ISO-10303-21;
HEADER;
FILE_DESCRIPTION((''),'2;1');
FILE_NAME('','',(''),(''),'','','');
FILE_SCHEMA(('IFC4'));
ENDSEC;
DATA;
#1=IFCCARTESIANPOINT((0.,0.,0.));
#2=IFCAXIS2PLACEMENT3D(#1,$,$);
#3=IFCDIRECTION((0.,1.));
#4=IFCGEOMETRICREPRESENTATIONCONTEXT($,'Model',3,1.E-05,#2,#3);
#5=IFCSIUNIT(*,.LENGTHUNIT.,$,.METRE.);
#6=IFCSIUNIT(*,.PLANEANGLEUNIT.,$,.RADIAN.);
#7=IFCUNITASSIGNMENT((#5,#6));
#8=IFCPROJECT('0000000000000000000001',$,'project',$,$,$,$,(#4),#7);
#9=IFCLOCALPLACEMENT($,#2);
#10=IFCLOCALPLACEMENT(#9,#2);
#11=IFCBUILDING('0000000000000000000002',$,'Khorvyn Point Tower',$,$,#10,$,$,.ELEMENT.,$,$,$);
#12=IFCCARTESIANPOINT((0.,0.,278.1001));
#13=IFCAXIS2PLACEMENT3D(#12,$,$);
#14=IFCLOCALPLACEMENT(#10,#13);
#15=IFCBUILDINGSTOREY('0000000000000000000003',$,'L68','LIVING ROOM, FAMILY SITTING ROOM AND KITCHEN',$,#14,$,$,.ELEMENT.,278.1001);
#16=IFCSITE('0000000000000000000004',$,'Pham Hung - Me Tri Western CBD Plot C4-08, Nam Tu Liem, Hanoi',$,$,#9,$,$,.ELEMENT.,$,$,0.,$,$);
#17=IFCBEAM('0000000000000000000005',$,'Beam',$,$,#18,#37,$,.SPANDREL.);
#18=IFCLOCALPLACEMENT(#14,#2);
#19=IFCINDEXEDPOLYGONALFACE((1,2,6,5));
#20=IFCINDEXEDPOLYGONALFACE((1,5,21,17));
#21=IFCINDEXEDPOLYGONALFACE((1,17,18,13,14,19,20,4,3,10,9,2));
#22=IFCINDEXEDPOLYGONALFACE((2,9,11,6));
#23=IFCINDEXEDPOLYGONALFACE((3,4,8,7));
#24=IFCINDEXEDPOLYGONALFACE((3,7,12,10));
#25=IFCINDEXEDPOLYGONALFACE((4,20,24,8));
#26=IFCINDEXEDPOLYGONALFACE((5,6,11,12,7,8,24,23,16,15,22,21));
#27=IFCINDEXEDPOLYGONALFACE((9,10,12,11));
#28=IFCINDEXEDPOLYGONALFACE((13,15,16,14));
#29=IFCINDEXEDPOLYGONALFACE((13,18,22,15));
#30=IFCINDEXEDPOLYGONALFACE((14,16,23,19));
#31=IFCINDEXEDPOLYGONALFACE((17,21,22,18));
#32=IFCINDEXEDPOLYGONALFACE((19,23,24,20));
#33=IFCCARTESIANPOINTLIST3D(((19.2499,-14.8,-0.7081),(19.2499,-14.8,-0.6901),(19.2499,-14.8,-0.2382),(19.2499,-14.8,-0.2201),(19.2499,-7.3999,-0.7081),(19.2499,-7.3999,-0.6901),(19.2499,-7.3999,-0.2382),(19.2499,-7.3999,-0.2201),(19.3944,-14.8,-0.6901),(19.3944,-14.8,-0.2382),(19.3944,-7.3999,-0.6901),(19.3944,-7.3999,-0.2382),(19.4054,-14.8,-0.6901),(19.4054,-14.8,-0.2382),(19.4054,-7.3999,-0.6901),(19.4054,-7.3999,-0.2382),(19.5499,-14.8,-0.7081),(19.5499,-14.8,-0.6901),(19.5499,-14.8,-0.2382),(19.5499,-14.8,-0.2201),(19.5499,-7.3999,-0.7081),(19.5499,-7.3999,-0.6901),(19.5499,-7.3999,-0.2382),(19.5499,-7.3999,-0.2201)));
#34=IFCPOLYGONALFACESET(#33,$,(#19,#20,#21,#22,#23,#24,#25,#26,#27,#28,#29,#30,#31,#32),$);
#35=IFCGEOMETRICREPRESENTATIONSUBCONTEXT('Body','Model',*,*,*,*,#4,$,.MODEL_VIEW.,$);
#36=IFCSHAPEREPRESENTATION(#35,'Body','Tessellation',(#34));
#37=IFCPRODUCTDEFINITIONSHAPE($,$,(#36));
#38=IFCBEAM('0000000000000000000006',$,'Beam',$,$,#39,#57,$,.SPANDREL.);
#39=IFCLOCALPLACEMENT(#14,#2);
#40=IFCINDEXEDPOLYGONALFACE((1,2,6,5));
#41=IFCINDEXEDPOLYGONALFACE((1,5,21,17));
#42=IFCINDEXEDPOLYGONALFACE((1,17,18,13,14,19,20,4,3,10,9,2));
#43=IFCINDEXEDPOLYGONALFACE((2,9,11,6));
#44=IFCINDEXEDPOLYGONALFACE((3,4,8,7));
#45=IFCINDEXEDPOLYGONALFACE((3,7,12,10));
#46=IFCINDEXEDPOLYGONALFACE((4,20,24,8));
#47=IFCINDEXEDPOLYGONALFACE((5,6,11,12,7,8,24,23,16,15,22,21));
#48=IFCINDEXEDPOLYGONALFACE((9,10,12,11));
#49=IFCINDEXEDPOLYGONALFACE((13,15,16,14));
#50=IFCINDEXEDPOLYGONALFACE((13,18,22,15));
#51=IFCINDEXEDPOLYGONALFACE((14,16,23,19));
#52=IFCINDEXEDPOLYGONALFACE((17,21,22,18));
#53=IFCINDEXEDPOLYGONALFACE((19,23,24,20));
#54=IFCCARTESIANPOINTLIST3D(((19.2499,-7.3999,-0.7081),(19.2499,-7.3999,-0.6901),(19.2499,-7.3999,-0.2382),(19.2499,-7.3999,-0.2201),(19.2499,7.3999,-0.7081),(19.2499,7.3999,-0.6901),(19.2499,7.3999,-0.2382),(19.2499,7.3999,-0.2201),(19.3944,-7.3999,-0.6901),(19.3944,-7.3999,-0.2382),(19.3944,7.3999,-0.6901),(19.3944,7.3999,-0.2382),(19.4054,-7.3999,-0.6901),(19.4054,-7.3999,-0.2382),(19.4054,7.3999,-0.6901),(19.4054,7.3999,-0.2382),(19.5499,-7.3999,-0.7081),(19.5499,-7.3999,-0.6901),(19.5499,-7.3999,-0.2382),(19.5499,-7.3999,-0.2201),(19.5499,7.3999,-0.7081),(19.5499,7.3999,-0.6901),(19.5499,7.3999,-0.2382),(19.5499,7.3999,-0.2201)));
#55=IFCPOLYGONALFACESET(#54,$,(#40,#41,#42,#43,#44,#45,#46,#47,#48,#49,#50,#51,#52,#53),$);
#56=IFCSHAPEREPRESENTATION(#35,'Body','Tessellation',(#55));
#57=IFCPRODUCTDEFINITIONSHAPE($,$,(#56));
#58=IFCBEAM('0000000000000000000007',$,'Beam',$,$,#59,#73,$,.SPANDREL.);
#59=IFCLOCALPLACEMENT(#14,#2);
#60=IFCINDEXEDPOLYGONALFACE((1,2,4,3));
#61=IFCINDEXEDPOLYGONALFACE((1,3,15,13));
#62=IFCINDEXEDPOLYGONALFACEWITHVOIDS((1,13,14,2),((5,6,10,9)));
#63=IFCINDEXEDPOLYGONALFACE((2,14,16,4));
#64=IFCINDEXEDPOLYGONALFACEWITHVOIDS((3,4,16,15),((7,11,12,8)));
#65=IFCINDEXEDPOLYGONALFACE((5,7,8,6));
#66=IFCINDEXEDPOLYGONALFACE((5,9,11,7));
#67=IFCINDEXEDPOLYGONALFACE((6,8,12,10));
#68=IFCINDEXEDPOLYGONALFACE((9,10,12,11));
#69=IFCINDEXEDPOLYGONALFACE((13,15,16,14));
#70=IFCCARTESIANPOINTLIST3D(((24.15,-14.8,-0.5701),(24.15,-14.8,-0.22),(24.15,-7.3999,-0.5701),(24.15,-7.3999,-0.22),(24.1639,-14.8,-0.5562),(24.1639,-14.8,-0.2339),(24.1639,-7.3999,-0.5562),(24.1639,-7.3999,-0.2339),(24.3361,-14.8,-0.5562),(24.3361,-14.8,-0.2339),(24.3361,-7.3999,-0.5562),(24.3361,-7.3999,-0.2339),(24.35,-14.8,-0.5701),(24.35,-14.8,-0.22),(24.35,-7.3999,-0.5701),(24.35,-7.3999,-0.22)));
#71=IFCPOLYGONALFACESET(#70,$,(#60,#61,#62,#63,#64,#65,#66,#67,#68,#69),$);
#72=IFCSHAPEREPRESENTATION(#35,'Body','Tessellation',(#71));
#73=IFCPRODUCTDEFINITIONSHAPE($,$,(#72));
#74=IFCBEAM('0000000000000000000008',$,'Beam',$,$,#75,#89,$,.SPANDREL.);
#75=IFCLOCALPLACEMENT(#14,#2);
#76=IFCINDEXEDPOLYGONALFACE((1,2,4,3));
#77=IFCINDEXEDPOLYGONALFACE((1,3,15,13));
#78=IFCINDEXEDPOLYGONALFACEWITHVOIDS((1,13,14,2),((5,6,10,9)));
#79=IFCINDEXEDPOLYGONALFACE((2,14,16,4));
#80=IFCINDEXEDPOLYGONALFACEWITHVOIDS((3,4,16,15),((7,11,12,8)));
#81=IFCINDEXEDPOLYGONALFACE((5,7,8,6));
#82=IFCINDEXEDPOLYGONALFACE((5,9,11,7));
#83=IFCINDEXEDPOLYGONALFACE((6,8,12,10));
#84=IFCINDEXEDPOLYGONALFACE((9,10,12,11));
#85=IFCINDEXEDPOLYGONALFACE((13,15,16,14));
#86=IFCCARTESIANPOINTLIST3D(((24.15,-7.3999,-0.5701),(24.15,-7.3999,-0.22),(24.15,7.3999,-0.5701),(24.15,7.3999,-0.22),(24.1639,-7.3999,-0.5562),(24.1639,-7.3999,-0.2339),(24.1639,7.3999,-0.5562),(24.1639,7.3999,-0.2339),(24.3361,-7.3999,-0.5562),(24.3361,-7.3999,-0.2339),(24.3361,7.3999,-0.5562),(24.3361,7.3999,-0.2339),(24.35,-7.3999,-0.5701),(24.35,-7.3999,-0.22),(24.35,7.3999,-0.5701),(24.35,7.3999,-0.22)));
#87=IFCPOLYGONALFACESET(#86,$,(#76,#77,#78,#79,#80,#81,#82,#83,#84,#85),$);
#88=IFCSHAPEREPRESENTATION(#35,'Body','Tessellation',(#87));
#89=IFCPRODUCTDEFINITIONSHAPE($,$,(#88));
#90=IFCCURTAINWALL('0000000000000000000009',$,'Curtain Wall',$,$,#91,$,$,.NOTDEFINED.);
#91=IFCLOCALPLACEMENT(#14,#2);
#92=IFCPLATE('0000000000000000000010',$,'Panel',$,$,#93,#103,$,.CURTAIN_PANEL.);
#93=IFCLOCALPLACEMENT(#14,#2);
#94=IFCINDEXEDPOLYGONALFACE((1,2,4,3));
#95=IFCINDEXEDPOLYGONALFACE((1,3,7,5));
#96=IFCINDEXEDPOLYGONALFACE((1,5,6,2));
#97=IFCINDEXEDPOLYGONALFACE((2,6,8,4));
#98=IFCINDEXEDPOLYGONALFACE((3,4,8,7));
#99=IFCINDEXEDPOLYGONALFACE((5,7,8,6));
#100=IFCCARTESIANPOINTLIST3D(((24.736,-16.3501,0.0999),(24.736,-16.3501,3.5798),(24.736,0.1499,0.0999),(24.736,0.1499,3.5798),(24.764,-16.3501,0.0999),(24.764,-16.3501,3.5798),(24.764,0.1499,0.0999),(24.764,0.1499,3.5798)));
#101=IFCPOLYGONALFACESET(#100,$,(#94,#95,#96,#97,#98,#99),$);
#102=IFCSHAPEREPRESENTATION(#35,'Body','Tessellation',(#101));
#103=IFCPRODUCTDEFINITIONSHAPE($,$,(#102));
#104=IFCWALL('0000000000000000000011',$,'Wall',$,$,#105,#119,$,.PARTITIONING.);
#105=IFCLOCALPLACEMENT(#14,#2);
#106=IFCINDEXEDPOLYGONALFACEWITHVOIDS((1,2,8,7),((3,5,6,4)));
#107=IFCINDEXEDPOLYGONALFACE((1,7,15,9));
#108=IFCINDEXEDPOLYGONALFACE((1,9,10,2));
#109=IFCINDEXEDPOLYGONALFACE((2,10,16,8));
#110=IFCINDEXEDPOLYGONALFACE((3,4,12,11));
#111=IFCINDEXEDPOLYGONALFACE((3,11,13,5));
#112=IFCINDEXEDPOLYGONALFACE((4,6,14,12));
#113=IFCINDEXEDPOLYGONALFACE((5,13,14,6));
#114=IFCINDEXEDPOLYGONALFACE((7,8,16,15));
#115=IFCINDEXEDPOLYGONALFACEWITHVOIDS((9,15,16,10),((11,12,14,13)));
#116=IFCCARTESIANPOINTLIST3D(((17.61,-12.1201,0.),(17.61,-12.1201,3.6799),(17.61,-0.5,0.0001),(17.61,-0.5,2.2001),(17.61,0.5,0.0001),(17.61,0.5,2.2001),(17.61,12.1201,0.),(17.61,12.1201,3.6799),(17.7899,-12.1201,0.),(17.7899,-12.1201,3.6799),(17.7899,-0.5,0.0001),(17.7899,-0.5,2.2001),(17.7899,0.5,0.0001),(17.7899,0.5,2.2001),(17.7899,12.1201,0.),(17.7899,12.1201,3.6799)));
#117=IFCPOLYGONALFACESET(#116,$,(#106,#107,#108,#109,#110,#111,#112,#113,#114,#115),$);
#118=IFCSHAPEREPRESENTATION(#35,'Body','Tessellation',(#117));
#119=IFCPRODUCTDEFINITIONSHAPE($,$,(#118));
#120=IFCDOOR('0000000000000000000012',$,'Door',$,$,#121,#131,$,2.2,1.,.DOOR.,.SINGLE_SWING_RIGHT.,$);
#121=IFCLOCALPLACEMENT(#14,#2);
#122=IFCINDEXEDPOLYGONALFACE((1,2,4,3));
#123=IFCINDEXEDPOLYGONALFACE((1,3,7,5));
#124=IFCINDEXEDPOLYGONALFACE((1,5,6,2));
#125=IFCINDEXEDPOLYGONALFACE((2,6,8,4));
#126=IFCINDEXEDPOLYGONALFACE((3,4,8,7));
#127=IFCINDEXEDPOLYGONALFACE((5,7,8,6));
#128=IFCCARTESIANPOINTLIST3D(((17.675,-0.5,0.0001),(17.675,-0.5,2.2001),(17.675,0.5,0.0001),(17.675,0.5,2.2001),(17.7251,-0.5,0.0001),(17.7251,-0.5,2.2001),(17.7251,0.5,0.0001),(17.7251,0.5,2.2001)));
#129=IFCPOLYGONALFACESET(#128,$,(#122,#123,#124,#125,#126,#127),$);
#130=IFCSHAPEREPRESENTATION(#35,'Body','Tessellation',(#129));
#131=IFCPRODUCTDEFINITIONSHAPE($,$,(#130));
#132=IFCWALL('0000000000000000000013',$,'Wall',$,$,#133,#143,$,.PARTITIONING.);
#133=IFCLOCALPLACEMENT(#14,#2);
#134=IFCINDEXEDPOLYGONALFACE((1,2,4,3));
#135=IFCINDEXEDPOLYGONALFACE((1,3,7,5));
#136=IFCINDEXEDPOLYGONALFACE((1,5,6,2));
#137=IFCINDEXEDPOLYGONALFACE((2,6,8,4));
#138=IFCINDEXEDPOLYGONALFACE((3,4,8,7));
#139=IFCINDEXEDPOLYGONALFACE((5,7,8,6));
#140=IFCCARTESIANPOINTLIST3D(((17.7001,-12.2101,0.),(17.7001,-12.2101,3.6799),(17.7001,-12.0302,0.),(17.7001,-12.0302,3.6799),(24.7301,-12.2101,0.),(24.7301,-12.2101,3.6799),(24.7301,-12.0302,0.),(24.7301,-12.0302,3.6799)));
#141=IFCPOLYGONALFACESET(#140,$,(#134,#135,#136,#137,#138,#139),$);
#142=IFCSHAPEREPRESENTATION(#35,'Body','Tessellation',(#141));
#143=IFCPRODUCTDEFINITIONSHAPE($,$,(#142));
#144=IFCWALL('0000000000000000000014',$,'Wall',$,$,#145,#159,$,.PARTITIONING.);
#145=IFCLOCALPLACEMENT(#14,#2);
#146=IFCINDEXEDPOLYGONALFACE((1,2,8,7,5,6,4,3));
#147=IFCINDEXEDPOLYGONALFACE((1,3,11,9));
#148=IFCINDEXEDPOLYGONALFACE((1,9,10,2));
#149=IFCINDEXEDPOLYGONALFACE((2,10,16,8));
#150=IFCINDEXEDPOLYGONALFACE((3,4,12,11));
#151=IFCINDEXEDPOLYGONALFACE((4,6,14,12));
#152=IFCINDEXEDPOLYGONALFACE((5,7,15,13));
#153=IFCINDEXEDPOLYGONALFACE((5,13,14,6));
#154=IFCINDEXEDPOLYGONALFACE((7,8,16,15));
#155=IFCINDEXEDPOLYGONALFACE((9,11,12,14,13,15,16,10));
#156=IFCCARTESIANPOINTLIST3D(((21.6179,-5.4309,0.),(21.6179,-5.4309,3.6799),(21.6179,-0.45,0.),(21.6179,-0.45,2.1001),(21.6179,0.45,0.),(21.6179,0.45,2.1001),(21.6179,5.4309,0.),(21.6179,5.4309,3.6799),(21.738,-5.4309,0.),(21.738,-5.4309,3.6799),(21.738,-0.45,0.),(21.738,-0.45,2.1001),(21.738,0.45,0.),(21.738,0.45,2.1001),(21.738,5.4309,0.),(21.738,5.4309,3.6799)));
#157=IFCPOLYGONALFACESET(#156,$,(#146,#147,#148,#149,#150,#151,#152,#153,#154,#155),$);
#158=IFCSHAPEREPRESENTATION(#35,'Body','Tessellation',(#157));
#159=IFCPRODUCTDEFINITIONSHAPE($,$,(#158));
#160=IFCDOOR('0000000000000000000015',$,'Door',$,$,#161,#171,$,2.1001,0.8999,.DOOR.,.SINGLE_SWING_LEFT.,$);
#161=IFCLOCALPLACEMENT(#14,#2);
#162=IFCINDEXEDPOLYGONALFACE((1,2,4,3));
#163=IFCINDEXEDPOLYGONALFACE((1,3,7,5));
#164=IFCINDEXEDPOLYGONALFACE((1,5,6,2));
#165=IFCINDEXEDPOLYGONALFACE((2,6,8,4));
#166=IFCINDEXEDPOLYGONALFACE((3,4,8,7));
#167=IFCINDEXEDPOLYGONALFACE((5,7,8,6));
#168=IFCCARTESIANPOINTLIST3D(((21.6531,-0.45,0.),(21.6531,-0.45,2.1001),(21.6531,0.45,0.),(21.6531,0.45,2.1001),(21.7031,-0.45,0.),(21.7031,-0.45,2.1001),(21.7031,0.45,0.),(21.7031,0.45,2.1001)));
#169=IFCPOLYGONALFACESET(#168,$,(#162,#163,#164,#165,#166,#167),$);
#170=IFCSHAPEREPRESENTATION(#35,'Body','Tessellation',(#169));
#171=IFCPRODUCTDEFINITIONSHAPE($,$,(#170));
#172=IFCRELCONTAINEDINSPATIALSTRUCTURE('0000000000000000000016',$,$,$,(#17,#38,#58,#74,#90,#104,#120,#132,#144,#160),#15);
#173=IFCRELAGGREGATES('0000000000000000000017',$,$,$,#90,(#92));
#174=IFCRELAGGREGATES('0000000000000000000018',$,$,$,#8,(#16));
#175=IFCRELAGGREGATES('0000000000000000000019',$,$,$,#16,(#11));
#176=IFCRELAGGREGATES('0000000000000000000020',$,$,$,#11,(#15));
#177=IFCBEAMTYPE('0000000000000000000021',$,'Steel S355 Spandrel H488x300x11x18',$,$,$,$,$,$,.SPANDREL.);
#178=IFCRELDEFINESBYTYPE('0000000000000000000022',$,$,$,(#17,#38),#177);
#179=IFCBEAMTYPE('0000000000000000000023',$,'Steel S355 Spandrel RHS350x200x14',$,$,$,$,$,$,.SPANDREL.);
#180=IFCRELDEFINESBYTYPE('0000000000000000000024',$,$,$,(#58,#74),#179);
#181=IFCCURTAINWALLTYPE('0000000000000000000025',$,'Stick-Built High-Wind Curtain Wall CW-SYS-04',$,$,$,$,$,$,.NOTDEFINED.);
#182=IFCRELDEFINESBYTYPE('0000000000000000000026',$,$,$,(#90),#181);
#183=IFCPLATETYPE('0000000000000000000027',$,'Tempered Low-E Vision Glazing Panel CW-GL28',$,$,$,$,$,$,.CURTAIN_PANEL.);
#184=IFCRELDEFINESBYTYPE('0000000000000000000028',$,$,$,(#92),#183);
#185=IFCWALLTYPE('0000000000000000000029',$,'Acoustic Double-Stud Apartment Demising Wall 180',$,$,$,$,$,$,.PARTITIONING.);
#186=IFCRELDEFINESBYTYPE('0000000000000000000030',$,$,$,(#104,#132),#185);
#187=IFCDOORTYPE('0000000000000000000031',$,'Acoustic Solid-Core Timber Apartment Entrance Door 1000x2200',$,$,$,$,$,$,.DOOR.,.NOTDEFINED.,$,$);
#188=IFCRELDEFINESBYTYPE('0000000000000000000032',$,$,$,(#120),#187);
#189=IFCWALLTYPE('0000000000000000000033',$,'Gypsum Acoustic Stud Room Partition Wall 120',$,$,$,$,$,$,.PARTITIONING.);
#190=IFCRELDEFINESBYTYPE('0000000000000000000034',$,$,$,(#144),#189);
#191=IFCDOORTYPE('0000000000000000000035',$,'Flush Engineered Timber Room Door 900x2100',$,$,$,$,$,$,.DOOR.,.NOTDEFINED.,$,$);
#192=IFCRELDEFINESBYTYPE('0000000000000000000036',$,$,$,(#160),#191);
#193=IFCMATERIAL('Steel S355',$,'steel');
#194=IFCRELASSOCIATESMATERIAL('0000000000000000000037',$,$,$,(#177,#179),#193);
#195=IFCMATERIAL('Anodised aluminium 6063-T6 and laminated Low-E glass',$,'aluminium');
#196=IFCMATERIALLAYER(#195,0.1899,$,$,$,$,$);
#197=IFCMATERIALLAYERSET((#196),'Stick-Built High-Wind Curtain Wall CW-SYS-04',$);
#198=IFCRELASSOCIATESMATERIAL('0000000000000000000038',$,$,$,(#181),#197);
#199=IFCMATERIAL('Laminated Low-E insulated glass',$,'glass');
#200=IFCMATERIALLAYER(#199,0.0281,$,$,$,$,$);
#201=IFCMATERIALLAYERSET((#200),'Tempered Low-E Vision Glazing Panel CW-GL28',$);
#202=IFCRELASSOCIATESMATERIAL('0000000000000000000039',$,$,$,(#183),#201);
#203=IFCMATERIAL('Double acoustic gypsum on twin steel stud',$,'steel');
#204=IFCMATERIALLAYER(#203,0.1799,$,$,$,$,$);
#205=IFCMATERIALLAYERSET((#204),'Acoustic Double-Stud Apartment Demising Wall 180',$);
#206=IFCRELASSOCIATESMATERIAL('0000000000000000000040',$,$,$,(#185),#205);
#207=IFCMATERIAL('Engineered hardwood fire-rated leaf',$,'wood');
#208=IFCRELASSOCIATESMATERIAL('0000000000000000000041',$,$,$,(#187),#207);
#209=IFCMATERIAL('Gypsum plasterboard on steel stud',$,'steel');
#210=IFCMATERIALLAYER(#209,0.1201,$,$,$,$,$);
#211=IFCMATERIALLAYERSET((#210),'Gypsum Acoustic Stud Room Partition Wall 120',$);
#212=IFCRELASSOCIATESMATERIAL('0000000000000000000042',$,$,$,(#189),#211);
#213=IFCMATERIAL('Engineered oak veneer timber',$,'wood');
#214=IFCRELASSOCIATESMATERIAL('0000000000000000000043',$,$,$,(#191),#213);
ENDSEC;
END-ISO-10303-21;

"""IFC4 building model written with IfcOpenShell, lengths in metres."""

from ifc_helpers import new_model, si_unit, direction, frame, frame_2d, origin, origin_2d, place, context, subcontext, project, spatial, rectangle, hollow_rectangle, i_section, extrude, material, layer, layer_set, material_profile, profile_set, type_object, element, fill, aggregate, save


model = new_model("IFC4")

# Units and contexts
model_context = context("Model", 3, precision=1e-05, world=origin(), true_north=direction((0.0, 1.0)))
body_context = subcontext(model_context, "Body", "Model", "MODEL_VIEW")
ifc_project = project(units=[si_unit("LENGTHUNIT", "METRE"), si_unit("PLANEANGLEUNIT", "RADIAN")], contexts=[model_context])

# Site, building, storey
site_placement = place(None, origin())
site = spatial("IfcSite", under=ifc_project, at=site_placement, Name="Pham Hung - Me Tri Western CBD Plot C4-08, Nam Tu Liem, Hanoi", CompositionType="ELEMENT", RefElevation=0.0)
building_placement = place(site_placement, origin())
building = spatial("IfcBuilding", under=site, at=building_placement, Name="Khorvyn Point Tower", CompositionType="ELEMENT")
storey_placement = place(building_placement, frame((0.0, 0.0, 278.1001)))
storey = spatial("IfcBuildingStorey", under=building, at=storey_placement, Name="L68", Description="LIVING ROOM, FAMILY SITTING ROOM AND KITCHEN", CompositionType="ELEMENT", Elevation=278.1001)

# Shared definitions
ifc_material_1 = material(Name="Steel S355", Category="steel")

# Beams
ifc_material_profile_1 = material_profile(ifc_material_1, i_section(OverallWidth=0.3, OverallDepth=0.488, WebThickness=0.011, FlangeThickness=0.0181, at=origin_2d()))
ifc_profile_set_1 = profile_set([ifc_material_profile_1], Name="Steel S355 H488x300x11x18")
beam_type_1 = type_object("IfcBeamType", Name="Steel S355 Spandrel H488x300x11x18", PredefinedType="SPANDREL", material=ifc_profile_set_1)
beam_1_placement = place(storey_placement, frame((19.3999, -14.8, -0.4641), z_axis=(0.0, 1.0, 0.0), x_axis=(-1.0, 0.0, 0.0)))
element("IfcBeam", 1, at=beam_1_placement, inside=storey, type_object=beam_type_1, Name="Beam", PredefinedType="SPANDREL", context=body_context, shape_type="SweptSolid", body=[
    extrude(i_section(OverallWidth=0.3, OverallDepth=0.488, WebThickness=0.011, FlangeThickness=0.0181, at=origin_2d()), origin(), (0.0, 0.0, 1.0), 7.4001),
])
beam_2_placement = place(storey_placement, frame((19.3999, -7.3999, -0.4641), z_axis=(0.0, 1.0, 0.0), x_axis=(-1.0, 0.0, 0.0)))
element("IfcBeam", 2, at=beam_2_placement, inside=storey, type_object=beam_type_1, Name="Beam", PredefinedType="SPANDREL", context=body_context, shape_type="SweptSolid", body=[
    extrude(i_section(OverallWidth=0.3, OverallDepth=0.488, WebThickness=0.011, FlangeThickness=0.0181, at=origin_2d()), origin(), (0.0, 0.0, 1.0), 14.7998),
])
ifc_material_profile_2 = material_profile(ifc_material_1, hollow_rectangle(XDim=0.2, YDim=0.3501, WallThickness=0.0139, at=origin_2d()))
ifc_profile_set_2 = profile_set([ifc_material_profile_2], Name="Steel S355 RHS350x200x14")
beam_type_2 = type_object("IfcBeamType", Name="Steel S355 Spandrel RHS350x200x14", PredefinedType="SPANDREL", material=ifc_profile_set_2)
beam_3_placement = place(storey_placement, frame((24.25, -14.8, -0.395), z_axis=(0.0, 1.0, 0.0), x_axis=(-1.0, 0.0, 0.0)))
element("IfcBeam", 3, at=beam_3_placement, inside=storey, type_object=beam_type_2, Name="Beam", PredefinedType="SPANDREL", context=body_context, shape_type="SweptSolid", body=[
    extrude(hollow_rectangle(XDim=0.2, YDim=0.3501, WallThickness=0.0139, at=origin_2d()), origin(), (0.0, 0.0, 1.0), 7.4001),
])
beam_4_placement = place(storey_placement, frame((24.25, -7.3999, -0.395), z_axis=(0.0, 1.0, 0.0), x_axis=(-1.0, 0.0, 0.0)))
element("IfcBeam", 4, at=beam_4_placement, inside=storey, type_object=beam_type_2, Name="Beam", PredefinedType="SPANDREL", context=body_context, shape_type="SweptSolid", body=[
    extrude(hollow_rectangle(XDim=0.2, YDim=0.3501, WallThickness=0.0139, at=origin_2d()), origin(), (0.0, 0.0, 1.0), 14.7998),
])

# Curtain wall, plate
ifc_material_2 = material(Name="Anodised aluminium 6063-T6 and laminated Low-E glass", Category="aluminium")
ifc_layer_1 = layer(ifc_material_2, 0.1899)
ifc_layer_set_1 = layer_set([ifc_layer_1], Name="Stick-Built High-Wind Curtain Wall CW-SYS-04")
curtain_wall_type = type_object("IfcCurtainWallType", Name="Stick-Built High-Wind Curtain Wall CW-SYS-04", PredefinedType="NOTDEFINED", material=ifc_layer_set_1)
curtain_wall_placement = place(storey_placement, origin())
curtain_wall = element("IfcCurtainWall", 5, at=curtain_wall_placement, inside=storey, type_object=curtain_wall_type, Name="Curtain Wall", PredefinedType="NOTDEFINED")
ifc_material_3 = material(Name="Laminated Low-E insulated glass", Category="glass")
ifc_layer_2 = layer(ifc_material_3, 0.0281)
ifc_layer_set_2 = layer_set([ifc_layer_2], Name="Tempered Low-E Vision Glazing Panel CW-GL28")
plate_type = type_object("IfcPlateType", Name="Tempered Low-E Vision Glazing Panel CW-GL28", PredefinedType="CURTAIN_PANEL", material=ifc_layer_set_2)
plate_placement = place(storey_placement, frame((24.75, -8.1001, 0.0999), z_axis=(0.0, 0.0, 1.0), x_axis=(0.0, -1.0, 0.0)))
plate = element("IfcPlate", 6, at=plate_placement, type_object=plate_type, Name="Panel", PredefinedType="CURTAIN_PANEL", context=body_context, shape_type="SweptSolid", body=[
    extrude(rectangle(XDim=16.5, YDim=0.0281, at=origin_2d()), origin(), (0.0, 0.0, 1.0), 3.48),
])
aggregate(curtain_wall, [plate])

# Wall, opening, door
ifc_material_4 = material(Name="Double acoustic gypsum on twin steel stud", Category="steel")
ifc_layer_3 = layer(ifc_material_4, 0.1799)
ifc_layer_set_3 = layer_set([ifc_layer_3], Name="Acoustic Double-Stud Apartment Demising Wall 180")
wall_type_1 = type_object("IfcWallType", Name="Acoustic Double-Stud Apartment Demising Wall 180", PredefinedType="PARTITIONING", material=ifc_layer_set_3)
wall_1_placement = place(storey_placement, frame((17.7, -12.1201, 0.0), z_axis=(0.0, 0.0, 1.0), x_axis=(0.0, 1.0, 0.0)))
wall_1 = element("IfcWall", 7, at=wall_1_placement, inside=storey, type_object=wall_type_1, Name="Wall", PredefinedType="PARTITIONING", context=body_context, shape_type="SweptSolid", body=[
    extrude(rectangle(XDim=24.2402, YDim=0.1799, at=frame_2d((12.1201, 0.0))), origin(), (0.0, 0.0, 1.0), 3.6799),
])
opening_1_placement = place(wall_1_placement, frame((11.6201, 0.0, 0.0)))
opening_1 = element("IfcOpeningElement", 8, at=opening_1_placement, cuts=wall_1, PredefinedType="OPENING", context=body_context, shape_type="SweptSolid", body=[
    extrude(rectangle(XDim=1.0, YDim=2.2, at=frame_2d((0.5, 1.1001))), frame((0.0, 0.0999, 0.0), z_axis=(0.0, -1.0, 0.0), x_axis=(1.0, 0.0, 0.0)), (0.0, 0.0, 1.0), 0.2),
])
ifc_material_5 = material(Name="Engineered hardwood fire-rated leaf", Category="wood")
door_type_1 = type_object("IfcDoorType", Name="Acoustic Solid-Core Timber Apartment Entrance Door 1000x2200", OperationType="NOTDEFINED", PredefinedType="DOOR", material=ifc_material_5)
door_1_placement = place(opening_1_placement, origin())
door_1 = element("IfcDoor", 9, at=door_1_placement, inside=storey, type_object=door_type_1, Name="Door", OperationType="SINGLE_SWING_RIGHT", OverallHeight=2.2, OverallWidth=1.0, PredefinedType="DOOR", context=body_context, shape_type="SweptSolid", body=[
    extrude(rectangle(XDim=1.0, YDim=2.2, at=frame_2d((0.5, 1.1001))), frame((0.0, 0.0249, 0.0), z_axis=(0.0, -1.0, 0.0), x_axis=(1.0, 0.0, 0.0)), (0.0, 0.0, 1.0), 0.05),
])
fill(opening_1, door_1)

# Wall
wall_2_placement = place(storey_placement, frame((17.7, -12.1201, 0.0), z_axis=(0.0, 0.0, 1.0), x_axis=(1.0, 0.0, 0.0)))
element("IfcWall", 10, at=wall_2_placement, inside=storey, type_object=wall_type_1, Name="Wall", PredefinedType="PARTITIONING", context=body_context, shape_type="SweptSolid", body=[
    extrude(rectangle(XDim=7.03, YDim=0.1799, at=frame_2d((3.5151, 0.0))), origin(), (0.0, 0.0, 1.0), 3.6799),
])

# Wall, opening, door
ifc_material_6 = material(Name="Gypsum plasterboard on steel stud", Category="steel")
ifc_layer_4 = layer(ifc_material_6, 0.1201)
ifc_layer_set_4 = layer_set([ifc_layer_4], Name="Gypsum Acoustic Stud Room Partition Wall 120")
wall_type_2 = type_object("IfcWallType", Name="Gypsum Acoustic Stud Room Partition Wall 120", PredefinedType="PARTITIONING", material=ifc_layer_set_4)
wall_3_placement = place(storey_placement, frame((21.678, -5.4309, 0.0), z_axis=(0.0, 0.0, 1.0), x_axis=(0.0, 1.0, 0.0)))
wall_3 = element("IfcWall", 11, at=wall_3_placement, inside=storey, type_object=wall_type_2, Name="Wall", PredefinedType="PARTITIONING", context=body_context, shape_type="SweptSolid", body=[
    extrude(rectangle(XDim=10.8618, YDim=0.1201, at=frame_2d((5.4309, 0.0))), origin(), (0.0, 0.0, 1.0), 3.6799),
])
opening_2_placement = place(wall_3_placement, frame((4.981, 0.0, 0.0)))
opening_2 = element("IfcOpeningElement", 12, at=opening_2_placement, cuts=wall_3, PredefinedType="OPENING", context=body_context, shape_type="SweptSolid", body=[
    extrude(rectangle(XDim=0.8999, YDim=2.1001, at=frame_2d((0.45, 1.05))), frame((0.0, 0.0701, 0.0), z_axis=(0.0, -1.0, 0.0), x_axis=(1.0, 0.0, 0.0)), (0.0, 0.0, 1.0), 0.1401),
])
ifc_material_7 = material(Name="Engineered oak veneer timber", Category="wood")
door_type_2 = type_object("IfcDoorType", Name="Flush Engineered Timber Room Door 900x2100", OperationType="NOTDEFINED", PredefinedType="DOOR", material=ifc_material_7)
door_2_placement = place(opening_2_placement, origin())
door_2 = element("IfcDoor", 13, at=door_2_placement, inside=storey, type_object=door_type_2, Name="Door", OperationType="SINGLE_SWING_LEFT", OverallHeight=2.1001, OverallWidth=0.8999, PredefinedType="DOOR", context=body_context, shape_type="SweptSolid", body=[
    extrude(rectangle(XDim=0.8999, YDim=2.1001, at=frame_2d((0.45, 1.05))), frame((0.0, 0.0249, 0.0), z_axis=(0.0, -1.0, 0.0), x_axis=(1.0, 0.0, 0.0)), (0.0, 0.0, 1.0), 0.05),
])
fill(opening_2, door_2)

save(model, "model.ifc")
